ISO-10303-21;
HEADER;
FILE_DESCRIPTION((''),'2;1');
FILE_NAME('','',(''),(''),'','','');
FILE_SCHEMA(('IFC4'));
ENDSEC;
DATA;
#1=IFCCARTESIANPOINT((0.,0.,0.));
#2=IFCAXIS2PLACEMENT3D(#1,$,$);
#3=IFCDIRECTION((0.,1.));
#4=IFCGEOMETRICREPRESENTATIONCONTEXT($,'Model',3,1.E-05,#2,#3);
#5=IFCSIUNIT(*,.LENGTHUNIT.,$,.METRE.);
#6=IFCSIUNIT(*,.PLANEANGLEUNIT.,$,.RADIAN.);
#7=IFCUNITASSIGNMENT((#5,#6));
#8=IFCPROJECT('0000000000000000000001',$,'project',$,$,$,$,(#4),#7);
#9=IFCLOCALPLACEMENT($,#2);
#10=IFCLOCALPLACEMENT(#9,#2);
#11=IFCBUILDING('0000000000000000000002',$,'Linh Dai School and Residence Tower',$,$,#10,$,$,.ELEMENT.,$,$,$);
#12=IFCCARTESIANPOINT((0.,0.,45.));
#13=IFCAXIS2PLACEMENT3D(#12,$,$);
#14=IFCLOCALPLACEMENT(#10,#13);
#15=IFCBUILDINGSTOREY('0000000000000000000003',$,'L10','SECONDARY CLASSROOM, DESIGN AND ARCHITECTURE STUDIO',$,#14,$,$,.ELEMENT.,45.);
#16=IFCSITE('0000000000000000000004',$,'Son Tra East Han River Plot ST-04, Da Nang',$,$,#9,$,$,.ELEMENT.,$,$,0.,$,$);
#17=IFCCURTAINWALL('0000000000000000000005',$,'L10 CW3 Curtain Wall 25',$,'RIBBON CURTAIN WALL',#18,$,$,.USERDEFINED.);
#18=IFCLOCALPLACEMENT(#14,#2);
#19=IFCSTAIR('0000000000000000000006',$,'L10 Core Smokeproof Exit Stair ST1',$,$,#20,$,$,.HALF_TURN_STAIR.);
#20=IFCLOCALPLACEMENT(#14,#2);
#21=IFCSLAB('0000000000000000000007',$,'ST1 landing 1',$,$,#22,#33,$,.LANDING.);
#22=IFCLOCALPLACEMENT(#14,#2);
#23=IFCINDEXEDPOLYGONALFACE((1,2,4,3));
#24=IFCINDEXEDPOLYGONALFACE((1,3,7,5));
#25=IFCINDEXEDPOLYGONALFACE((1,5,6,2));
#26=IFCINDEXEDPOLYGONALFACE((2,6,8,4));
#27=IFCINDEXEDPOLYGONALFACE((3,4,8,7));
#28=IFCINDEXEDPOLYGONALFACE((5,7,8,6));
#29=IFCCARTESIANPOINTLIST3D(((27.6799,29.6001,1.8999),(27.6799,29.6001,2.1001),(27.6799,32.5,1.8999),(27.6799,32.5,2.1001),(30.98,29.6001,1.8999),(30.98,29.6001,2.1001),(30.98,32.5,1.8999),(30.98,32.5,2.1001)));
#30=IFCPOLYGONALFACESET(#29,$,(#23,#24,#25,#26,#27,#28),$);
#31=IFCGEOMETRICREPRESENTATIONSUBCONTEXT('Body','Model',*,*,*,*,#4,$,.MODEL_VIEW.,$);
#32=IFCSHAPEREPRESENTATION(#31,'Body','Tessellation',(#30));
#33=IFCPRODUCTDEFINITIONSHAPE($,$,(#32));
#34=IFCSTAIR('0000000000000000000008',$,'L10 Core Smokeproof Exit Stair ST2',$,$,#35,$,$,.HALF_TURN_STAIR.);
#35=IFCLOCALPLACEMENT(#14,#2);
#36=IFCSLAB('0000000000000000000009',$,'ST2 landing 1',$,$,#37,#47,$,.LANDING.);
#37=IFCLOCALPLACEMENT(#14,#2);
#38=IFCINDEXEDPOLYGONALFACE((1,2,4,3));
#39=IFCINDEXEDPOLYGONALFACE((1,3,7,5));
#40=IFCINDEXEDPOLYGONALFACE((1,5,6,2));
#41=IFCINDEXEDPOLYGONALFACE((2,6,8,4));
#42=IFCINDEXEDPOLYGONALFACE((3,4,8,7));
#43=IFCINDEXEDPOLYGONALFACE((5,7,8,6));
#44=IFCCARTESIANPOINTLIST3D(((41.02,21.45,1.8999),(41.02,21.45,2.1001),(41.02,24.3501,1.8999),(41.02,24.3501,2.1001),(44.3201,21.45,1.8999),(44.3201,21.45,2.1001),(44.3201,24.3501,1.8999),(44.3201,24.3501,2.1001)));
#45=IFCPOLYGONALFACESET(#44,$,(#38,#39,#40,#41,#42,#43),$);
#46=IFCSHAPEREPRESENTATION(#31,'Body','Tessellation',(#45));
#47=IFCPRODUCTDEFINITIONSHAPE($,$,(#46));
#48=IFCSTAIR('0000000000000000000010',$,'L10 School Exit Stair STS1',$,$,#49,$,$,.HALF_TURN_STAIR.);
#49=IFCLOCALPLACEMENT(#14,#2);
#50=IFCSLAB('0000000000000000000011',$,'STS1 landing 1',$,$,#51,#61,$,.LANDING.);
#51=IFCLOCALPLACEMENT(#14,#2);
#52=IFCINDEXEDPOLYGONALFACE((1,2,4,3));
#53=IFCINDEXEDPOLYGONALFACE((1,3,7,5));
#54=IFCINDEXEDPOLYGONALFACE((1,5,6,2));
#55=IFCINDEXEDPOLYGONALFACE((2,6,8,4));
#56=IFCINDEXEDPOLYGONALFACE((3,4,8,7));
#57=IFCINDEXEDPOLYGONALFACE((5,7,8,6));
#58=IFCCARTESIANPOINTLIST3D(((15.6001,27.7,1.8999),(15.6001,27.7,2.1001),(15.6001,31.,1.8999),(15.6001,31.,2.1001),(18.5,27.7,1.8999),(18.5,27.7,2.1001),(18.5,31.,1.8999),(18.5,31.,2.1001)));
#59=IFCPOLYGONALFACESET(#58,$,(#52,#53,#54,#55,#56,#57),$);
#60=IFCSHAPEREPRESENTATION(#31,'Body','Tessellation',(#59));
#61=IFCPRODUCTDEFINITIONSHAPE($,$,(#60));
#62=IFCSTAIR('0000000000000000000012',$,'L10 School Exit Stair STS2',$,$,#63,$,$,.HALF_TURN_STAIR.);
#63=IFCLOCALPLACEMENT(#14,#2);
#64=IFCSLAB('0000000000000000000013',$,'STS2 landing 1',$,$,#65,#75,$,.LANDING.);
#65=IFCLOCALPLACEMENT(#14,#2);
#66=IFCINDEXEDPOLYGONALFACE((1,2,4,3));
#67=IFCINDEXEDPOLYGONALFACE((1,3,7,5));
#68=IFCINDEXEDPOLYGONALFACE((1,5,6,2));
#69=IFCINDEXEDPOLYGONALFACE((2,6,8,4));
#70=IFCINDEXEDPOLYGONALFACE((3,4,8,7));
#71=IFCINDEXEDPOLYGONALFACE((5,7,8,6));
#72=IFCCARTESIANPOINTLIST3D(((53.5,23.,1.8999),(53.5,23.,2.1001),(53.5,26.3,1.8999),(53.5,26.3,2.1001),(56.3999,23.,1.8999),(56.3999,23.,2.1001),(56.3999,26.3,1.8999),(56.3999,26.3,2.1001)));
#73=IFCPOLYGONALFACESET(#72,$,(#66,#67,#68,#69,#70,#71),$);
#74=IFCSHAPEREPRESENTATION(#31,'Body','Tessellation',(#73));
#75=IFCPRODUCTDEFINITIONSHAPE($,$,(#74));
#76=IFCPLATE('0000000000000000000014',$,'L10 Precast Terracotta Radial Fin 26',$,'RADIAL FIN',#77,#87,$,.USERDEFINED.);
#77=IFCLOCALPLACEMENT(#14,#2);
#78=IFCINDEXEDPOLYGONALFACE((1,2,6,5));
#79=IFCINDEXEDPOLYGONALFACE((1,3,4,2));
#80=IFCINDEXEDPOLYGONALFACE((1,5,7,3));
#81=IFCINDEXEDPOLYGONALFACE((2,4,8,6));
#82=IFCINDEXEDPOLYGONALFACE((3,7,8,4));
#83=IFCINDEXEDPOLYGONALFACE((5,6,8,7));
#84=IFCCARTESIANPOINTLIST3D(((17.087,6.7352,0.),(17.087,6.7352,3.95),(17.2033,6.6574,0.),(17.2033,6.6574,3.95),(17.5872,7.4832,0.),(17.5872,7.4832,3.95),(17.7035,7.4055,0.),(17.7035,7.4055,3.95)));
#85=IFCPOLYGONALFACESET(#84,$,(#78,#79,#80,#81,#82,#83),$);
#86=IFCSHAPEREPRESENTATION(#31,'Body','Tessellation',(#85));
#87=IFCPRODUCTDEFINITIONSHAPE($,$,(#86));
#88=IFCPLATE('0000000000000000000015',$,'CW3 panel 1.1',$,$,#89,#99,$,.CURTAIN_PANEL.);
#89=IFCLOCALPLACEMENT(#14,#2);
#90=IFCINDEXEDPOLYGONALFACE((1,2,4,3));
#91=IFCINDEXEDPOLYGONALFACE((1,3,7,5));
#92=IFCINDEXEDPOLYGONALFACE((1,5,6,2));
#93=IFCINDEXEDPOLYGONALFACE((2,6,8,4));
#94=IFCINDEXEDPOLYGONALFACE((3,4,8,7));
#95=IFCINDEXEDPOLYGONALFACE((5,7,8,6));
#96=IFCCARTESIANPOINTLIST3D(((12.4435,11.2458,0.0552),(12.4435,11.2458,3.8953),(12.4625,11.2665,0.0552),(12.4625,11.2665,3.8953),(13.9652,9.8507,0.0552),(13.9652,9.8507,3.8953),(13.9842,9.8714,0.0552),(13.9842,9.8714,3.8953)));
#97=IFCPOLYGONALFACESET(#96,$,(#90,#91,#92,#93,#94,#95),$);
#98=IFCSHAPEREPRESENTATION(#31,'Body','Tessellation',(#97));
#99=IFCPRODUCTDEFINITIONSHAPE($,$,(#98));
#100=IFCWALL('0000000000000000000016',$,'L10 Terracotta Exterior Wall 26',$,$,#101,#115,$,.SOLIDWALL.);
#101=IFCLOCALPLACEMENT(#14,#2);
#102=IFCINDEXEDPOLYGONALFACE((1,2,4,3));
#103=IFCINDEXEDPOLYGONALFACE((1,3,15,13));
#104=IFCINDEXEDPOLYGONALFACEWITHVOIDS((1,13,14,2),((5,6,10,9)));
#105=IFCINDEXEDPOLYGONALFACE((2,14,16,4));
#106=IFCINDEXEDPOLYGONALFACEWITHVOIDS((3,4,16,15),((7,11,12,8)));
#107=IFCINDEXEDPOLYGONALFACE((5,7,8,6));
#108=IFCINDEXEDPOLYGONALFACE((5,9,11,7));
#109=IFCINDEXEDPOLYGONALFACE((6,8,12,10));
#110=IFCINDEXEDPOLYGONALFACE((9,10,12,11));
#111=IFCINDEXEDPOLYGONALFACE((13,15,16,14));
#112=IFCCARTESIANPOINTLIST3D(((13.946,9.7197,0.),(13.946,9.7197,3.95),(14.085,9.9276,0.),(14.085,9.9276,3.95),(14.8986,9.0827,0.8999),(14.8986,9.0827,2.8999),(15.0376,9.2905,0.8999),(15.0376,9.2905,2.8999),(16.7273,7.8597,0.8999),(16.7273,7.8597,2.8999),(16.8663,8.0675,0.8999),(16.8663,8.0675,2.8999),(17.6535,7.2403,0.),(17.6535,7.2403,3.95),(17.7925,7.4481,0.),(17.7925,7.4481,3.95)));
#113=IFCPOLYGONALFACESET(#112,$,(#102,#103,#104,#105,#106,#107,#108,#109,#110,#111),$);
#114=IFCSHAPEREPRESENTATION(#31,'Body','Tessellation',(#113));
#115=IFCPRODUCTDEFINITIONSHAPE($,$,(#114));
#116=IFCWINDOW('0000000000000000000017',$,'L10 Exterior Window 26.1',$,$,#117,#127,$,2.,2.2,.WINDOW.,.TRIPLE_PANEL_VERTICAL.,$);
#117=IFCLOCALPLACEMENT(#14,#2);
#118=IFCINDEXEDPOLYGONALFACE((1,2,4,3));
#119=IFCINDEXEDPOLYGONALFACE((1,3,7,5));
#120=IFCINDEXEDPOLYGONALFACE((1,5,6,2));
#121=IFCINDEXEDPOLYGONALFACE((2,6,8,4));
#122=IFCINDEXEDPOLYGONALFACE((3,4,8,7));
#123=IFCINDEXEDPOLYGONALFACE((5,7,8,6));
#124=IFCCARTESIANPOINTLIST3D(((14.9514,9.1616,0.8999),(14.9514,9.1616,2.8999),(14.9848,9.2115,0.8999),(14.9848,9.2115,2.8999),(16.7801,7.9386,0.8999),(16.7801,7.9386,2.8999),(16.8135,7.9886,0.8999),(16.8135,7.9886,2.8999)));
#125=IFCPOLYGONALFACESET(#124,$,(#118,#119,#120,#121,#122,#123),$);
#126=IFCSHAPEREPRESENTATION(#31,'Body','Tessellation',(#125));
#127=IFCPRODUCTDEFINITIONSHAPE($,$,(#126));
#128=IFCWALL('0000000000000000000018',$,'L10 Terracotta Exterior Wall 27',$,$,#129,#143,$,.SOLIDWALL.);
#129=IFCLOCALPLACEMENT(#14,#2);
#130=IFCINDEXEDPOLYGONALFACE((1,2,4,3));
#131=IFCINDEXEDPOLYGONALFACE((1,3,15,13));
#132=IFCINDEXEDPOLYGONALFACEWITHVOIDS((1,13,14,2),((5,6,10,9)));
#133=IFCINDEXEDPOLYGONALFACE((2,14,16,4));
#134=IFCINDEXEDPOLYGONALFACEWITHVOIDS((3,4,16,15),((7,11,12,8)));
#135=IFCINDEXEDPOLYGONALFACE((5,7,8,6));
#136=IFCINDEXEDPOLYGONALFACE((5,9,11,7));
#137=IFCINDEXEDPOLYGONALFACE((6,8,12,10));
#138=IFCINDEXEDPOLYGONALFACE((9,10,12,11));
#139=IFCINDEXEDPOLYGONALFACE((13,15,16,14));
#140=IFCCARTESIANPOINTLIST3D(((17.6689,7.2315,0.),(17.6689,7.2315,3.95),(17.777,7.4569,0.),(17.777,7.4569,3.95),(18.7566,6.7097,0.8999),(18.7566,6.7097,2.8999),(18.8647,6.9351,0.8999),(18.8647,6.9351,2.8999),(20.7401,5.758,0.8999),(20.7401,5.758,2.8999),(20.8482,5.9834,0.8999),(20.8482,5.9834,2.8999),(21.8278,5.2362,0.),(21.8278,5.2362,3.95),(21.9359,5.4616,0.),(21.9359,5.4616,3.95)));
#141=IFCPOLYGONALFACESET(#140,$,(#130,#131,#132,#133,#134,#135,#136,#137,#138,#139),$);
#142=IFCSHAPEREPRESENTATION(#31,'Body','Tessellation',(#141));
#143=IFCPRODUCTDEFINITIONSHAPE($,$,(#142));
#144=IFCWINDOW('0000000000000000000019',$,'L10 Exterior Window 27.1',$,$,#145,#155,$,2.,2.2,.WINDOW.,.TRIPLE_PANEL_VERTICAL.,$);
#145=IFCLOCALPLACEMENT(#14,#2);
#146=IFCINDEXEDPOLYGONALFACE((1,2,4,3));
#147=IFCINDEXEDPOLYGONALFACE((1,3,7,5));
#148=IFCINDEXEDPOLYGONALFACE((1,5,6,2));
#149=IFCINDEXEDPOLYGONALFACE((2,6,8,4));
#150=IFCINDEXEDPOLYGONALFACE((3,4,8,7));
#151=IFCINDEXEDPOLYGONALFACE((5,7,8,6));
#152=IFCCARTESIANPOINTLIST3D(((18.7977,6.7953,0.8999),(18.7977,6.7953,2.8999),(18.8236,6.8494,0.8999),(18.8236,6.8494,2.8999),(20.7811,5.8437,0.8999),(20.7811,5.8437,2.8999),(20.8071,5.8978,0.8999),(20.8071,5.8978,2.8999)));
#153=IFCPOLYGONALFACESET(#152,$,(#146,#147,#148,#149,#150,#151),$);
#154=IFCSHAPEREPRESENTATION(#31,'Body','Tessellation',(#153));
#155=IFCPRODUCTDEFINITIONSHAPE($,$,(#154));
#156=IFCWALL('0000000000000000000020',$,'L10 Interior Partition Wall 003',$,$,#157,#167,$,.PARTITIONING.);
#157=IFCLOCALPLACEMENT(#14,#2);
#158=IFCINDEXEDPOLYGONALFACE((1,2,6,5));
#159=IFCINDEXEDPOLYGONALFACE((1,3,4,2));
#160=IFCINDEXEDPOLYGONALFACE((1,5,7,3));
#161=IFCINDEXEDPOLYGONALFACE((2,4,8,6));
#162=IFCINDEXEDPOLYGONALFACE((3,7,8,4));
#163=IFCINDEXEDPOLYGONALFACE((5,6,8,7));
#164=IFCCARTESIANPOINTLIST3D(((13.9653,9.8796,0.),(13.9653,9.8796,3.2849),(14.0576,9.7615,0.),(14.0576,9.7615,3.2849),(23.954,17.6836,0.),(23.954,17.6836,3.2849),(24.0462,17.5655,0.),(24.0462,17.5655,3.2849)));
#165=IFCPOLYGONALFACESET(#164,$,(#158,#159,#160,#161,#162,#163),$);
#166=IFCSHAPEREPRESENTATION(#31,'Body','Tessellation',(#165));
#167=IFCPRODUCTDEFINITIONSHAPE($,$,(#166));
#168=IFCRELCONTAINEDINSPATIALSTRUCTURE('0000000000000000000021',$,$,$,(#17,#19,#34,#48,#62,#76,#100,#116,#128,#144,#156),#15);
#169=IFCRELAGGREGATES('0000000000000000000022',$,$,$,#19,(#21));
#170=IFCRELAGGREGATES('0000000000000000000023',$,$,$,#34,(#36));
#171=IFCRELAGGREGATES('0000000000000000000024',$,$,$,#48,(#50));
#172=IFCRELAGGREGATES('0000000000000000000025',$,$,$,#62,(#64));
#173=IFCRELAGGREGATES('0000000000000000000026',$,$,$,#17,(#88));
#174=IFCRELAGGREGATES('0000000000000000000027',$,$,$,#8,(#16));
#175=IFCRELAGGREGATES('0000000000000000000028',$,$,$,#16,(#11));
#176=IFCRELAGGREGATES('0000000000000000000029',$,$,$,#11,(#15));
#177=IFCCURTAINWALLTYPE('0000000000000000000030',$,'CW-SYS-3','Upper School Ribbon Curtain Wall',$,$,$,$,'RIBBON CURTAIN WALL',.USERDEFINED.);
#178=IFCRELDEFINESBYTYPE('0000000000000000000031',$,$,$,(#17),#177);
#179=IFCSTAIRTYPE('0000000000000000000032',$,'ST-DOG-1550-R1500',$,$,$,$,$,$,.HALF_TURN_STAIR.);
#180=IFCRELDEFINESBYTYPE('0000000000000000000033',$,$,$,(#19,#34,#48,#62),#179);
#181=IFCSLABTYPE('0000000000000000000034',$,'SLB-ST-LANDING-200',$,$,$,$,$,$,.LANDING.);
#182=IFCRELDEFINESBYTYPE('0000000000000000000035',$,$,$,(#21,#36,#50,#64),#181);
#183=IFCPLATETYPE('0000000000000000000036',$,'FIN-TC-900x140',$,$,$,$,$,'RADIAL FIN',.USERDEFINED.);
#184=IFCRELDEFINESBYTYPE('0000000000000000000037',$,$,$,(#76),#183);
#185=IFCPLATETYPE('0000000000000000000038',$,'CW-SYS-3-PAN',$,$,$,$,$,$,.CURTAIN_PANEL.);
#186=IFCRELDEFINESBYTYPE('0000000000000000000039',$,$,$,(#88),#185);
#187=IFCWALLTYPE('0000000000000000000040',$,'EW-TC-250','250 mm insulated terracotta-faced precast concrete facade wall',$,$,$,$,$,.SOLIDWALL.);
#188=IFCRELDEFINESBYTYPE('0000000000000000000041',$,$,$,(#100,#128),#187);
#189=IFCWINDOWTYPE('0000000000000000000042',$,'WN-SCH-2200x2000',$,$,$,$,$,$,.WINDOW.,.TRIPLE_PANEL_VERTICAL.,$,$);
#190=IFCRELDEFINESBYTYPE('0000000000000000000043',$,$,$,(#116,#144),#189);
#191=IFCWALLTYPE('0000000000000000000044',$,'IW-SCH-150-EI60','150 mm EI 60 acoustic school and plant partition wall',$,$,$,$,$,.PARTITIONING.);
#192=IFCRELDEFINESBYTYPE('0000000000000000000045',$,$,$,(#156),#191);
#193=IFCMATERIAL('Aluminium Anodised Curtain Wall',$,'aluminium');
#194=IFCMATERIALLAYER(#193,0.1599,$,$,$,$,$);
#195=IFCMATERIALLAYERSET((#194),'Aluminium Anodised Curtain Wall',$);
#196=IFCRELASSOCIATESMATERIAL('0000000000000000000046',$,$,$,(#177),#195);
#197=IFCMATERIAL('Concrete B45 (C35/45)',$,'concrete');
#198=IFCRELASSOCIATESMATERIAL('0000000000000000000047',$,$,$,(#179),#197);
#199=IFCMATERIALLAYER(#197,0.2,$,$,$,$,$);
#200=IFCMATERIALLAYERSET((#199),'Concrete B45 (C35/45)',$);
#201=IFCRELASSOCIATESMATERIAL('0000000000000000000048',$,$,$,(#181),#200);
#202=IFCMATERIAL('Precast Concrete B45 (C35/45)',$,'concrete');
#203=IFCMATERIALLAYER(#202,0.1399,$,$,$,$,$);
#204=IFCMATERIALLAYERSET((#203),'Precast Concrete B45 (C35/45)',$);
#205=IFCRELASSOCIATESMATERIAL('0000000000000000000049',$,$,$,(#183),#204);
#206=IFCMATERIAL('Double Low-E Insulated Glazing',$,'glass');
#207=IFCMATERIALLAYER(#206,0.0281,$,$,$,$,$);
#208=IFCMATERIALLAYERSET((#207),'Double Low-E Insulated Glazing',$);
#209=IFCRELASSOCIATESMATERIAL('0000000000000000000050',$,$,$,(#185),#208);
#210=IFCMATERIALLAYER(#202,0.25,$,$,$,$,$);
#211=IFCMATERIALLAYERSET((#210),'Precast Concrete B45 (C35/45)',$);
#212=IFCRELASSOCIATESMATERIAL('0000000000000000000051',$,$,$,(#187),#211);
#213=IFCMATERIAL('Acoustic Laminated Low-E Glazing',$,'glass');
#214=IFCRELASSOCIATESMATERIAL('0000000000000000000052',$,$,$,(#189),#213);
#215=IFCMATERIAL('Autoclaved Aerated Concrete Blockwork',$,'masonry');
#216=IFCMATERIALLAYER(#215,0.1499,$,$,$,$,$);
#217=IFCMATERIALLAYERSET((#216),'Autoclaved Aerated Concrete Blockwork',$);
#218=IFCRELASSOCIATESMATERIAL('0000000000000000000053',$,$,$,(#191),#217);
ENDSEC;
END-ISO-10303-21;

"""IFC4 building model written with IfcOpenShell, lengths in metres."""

from ifc_helpers import new_model, si_unit, direction, frame, frame_2d, origin, origin_2d, place, context, subcontext, project, spatial, polyline, rectangle, outline, extrude, source, transform, mapped, material, layer, layer_set, type_object, element, fill, aggregate, save


model = new_model("IFC4")

# Units and contexts
model_context = context("Model", 3, precision=1e-05, world=origin(), true_north=direction((0.0, 1.0)))
body_context = subcontext(model_context, "Body", "Model", "MODEL_VIEW")
ifc_project = project(units=[si_unit("LENGTHUNIT", "METRE"), si_unit("PLANEANGLEUNIT", "RADIAN")], contexts=[model_context])

# Site, building, storey
site_placement = place(None, origin())
site = spatial("IfcSite", under=ifc_project, at=site_placement, Name="Son Tra East Han River Plot ST-04, Da Nang", CompositionType="ELEMENT", RefElevation=0.0)
building_placement = place(site_placement, origin())
building = spatial("IfcBuilding", under=site, at=building_placement, Name="Linh Dai School and Residence Tower", CompositionType="ELEMENT")
storey_placement = place(building_placement, frame((0.0, 0.0, 45.0)))
storey = spatial("IfcBuildingStorey", under=building, at=storey_placement, Name="L10", Description="SECONDARY CLASSROOM, DESIGN AND ARCHITECTURE STUDIO", CompositionType="ELEMENT", Elevation=45.0)

# Curtain wall
ifc_material_1 = material(Name="Aluminium Anodised Curtain Wall", Category="aluminium")
ifc_layer_1 = layer(ifc_material_1, 0.1599)
ifc_layer_set_1 = layer_set([ifc_layer_1], Name="Aluminium Anodised Curtain Wall")
curtain_wall_type = type_object("IfcCurtainWallType", Name="CW-SYS-3", Description="Upper School Ribbon Curtain Wall", ElementType="RIBBON CURTAIN WALL", PredefinedType="USERDEFINED", material=ifc_layer_set_1)
curtain_wall_placement = place(storey_placement, origin())
curtain_wall = element("IfcCurtainWall", 1, at=curtain_wall_placement, inside=storey, type_object=curtain_wall_type, Name="L10 CW3 Curtain Wall 25", ObjectType="RIBBON CURTAIN WALL", PredefinedType="USERDEFINED")

# Shared definitions
ifc_material_2 = material(Name="Concrete B45 (C35/45)", Category="concrete")

# Stairs, slabs
stair_type = type_object("IfcStairType", Name="ST-DOG-1550-R1500", PredefinedType="HALF_TURN_STAIR", material=ifc_material_2)
stair_1_placement = place(storey_placement, origin())
stair_1 = element("IfcStair", 2, at=stair_1_placement, inside=storey, type_object=stair_type, Name="L10 Core Smokeproof Exit Stair ST1", PredefinedType="HALF_TURN_STAIR")
ifc_layer_2 = layer(ifc_material_2, 0.2)
ifc_layer_set_2 = layer_set([ifc_layer_2], Name="Concrete B45 (C35/45)")
slab_type_1 = type_object("IfcSlabType", Name="SLB-ST-LANDING-200", PredefinedType="LANDING", material=ifc_layer_set_2)
slab_1_placement = place(storey_placement, frame((0.0, 0.0, 1.8999)))
slab_1 = element("IfcSlab", 3, at=slab_1_placement, type_object=slab_type_1, Name="ST1 landing 1", PredefinedType="LANDING", context=body_context, shape_type="SweptSolid", body=[
    extrude(outline(polyline([(30.98, 29.6001), (30.98, 32.5), (27.6799, 32.5), (27.6799, 29.6001), (30.98, 29.6001)])), origin(), (0.0, 0.0, 1.0), 0.2002),
])
aggregate(stair_1, [slab_1])
stair_2_placement = place(storey_placement, origin())
stair_2 = element("IfcStair", 4, at=stair_2_placement, inside=storey, type_object=stair_type, Name="L10 Core Smokeproof Exit Stair ST2", PredefinedType="HALF_TURN_STAIR")
slab_2_placement = place(storey_placement, frame((0.0, 0.0, 1.8999)))
slab_2 = element("IfcSlab", 5, at=slab_2_placement, type_object=slab_type_1, Name="ST2 landing 1", PredefinedType="LANDING", context=body_context, shape_type="SweptSolid", body=[
    extrude(outline(polyline([(41.02, 24.3501), (41.02, 21.45), (44.3201, 21.45), (44.3201, 24.3501), (41.02, 24.3501)])), origin(), (0.0, 0.0, 1.0), 0.2002),
])
aggregate(stair_2, [slab_2])
stair_3_placement = place(storey_placement, origin())
stair_3 = element("IfcStair", 6, at=stair_3_placement, inside=storey, type_object=stair_type, Name="L10 School Exit Stair STS1", PredefinedType="HALF_TURN_STAIR")
slab_3_placement = place(storey_placement, frame((0.0, 0.0, 1.8999)))
slab_3 = element("IfcSlab", 7, at=slab_3_placement, type_object=slab_type_1, Name="STS1 landing 1", PredefinedType="LANDING", context=body_context, shape_type="SweptSolid", body=[
    extrude(outline(polyline([(18.5, 31.0), (15.6001, 31.0), (15.6001, 27.7), (18.5, 27.7), (18.5, 31.0)])), origin(), (0.0, 0.0, 1.0), 0.2002),
])
aggregate(stair_3, [slab_3])
stair_4_placement = place(storey_placement, origin())
stair_4 = element("IfcStair", 8, at=stair_4_placement, inside=storey, type_object=stair_type, Name="L10 School Exit Stair STS2", PredefinedType="HALF_TURN_STAIR")
slab_4_placement = place(storey_placement, frame((0.0, 0.0, 1.8999)))
slab_4 = element("IfcSlab", 9, at=slab_4_placement, type_object=slab_type_1, Name="STS2 landing 1", PredefinedType="LANDING", context=body_context, shape_type="SweptSolid", body=[
    extrude(outline(polyline([(53.5, 23.0), (56.3999, 23.0), (56.3999, 26.3), (53.5, 26.3), (53.5, 23.0)])), origin(), (0.0, 0.0, 1.0), 0.2002),
])
aggregate(stair_4, [slab_4])

# Plates
ifc_material_3 = material(Name="Precast Concrete B45 (C35/45)", Category="concrete")
ifc_layer_3 = layer(ifc_material_3, 0.1399)
ifc_layer_set_3 = layer_set([ifc_layer_3], Name="Precast Concrete B45 (C35/45)")
plate_type_1 = type_object("IfcPlateType", Name="FIN-TC-900x140", ElementType="RADIAL FIN", PredefinedType="USERDEFINED", material=ifc_layer_set_3)
shared_shape_1 = source(origin(), body_context, "Body", "SweptSolid", [
    extrude(rectangle(XDim=0.8999, YDim=0.1399, at=origin_2d()), origin(), (0.0, 0.0, 1.0), 3.95),
])
plate_1_placement = place(storey_placement, frame((17.3953, 7.0703, 0.0), z_axis=(0.0, 0.0, 1.0), x_axis=(-0.555898, -0.831251, 0.0)))
element("IfcPlate", 10, at=plate_1_placement, inside=storey, type_object=plate_type_1, Name="L10 Precast Terracotta Radial Fin 26", ObjectType="RADIAL FIN", PredefinedType="USERDEFINED", context=body_context, shape_type="MappedRepresentation", body=[
    mapped(shared_shape_1, transform((0.0, 0.0, 0.0), x_axis=(1.0, 0.0, 0.0), y_axis=(0.0, 1.0, 0.0), z_axis=(0.0, 0.0, 1.0), scale=1.0)),
])
ifc_material_4 = material(Name="Double Low-E Insulated Glazing", Category="glass")
ifc_layer_4 = layer(ifc_material_4, 0.0281)
ifc_layer_set_4 = layer_set([ifc_layer_4], Name="Double Low-E Insulated Glazing")
plate_type_2 = type_object("IfcPlateType", Name="CW-SYS-3-PAN", PredefinedType="CURTAIN_PANEL", material=ifc_layer_set_4)
shared_shape_2 = source(origin(), body_context, "Body", "SweptSolid", [
    extrude(rectangle(XDim=2.0645, YDim=0.0281, at=origin_2d()), origin(), (0.0, 0.0, 1.0), 3.8401),
])
plate_2_placement = place(storey_placement, frame((13.2139, 10.5586, 0.0552), z_axis=(0.0, 0.0, 1.0), x_axis=(-0.737113, 0.675769, 0.0)))
plate_2 = element("IfcPlate", 11, at=plate_2_placement, type_object=plate_type_2, Name="CW3 panel 1.1", PredefinedType="CURTAIN_PANEL", context=body_context, shape_type="MappedRepresentation", body=[
    mapped(shared_shape_2, transform((0.0, 0.0, 0.0), x_axis=(1.0, 0.0, 0.0), y_axis=(0.0, 1.0, 0.0), z_axis=(0.0, 0.0, 1.0), scale=1.0)),
])
aggregate(curtain_wall, [plate_2])

# Walls, openings, windows
ifc_layer_5 = layer(ifc_material_3, 0.25)
ifc_layer_set_5 = layer_set([ifc_layer_5], Name="Precast Concrete B45 (C35/45)")
wall_type_1 = type_object("IfcWallType", Name="EW-TC-250", Description="250 mm insulated terracotta-faced precast concrete facade wall", PredefinedType="SOLIDWALL", material=ifc_layer_set_5)
wall_1_placement = place(storey_placement, frame((17.7229, 7.3442, 0.0), z_axis=(0.0, 0.0, 1.0), x_axis=(-0.831241, 0.555912, 0.0)))
wall_1 = element("IfcWall", 12, at=wall_1_placement, inside=storey, type_object=wall_type_1, Name="L10 Terracotta Exterior Wall 26", PredefinedType="SOLIDWALL", context=body_context, shape_type="SweptSolid", body=[
    extrude(rectangle(XDim=4.4602, YDim=0.25, at=frame_2d((2.23, 0.0))), origin(), (0.0, 0.0, 1.0), 3.95),
])
opening_1_placement = place(wall_1_placement, frame((1.114, 0.0, 0.8999)))
opening_1 = element("IfcOpeningElement", 13, at=opening_1_placement, cuts=wall_1, PredefinedType="OPENING", context=body_context, shape_type="SweptSolid", body=[
    extrude(rectangle(XDim=2.2, YDim=2.0, at=origin_2d()), frame((1.1001, 0.135, 1.0), z_axis=(0.0, -1.0, 0.0), x_axis=(1.0, 0.0, 0.0)), (0.0, 0.0, 1.0), 0.27),
])
ifc_material_5 = material(Name="Acoustic Laminated Low-E Glazing", Category="glass")
window_type = type_object("IfcWindowType", Name="WN-SCH-2200x2000", PartitioningType="TRIPLE_PANEL_VERTICAL", PredefinedType="WINDOW", material=ifc_material_5)
shared_shape_3 = source(origin(), body_context, "Body", "SweptSolid", [
    extrude(rectangle(XDim=2.2, YDim=2.0, at=origin_2d()), frame((1.1001, 0.03, 1.0), z_axis=(0.0, -1.0, 0.0), x_axis=(1.0, 0.0, 0.0)), (0.0, 0.0, 1.0), 0.0601),
])
window_1_placement = place(opening_1_placement, origin())
window_1 = element("IfcWindow", 14, at=window_1_placement, inside=storey, type_object=window_type, Name="L10 Exterior Window 26.1", OverallHeight=2.0, OverallWidth=2.2, PartitioningType="TRIPLE_PANEL_VERTICAL", PredefinedType="WINDOW", context=body_context, shape_type="MappedRepresentation", body=[
    mapped(shared_shape_3, transform((0.0, 0.0, 0.0), x_axis=(1.0, 0.0, 0.0), y_axis=(0.0, 1.0, 0.0), z_axis=(0.0, 0.0, 1.0), scale=1.0)),
])
fill(opening_1, window_1)
wall_2_placement = place(storey_placement, frame((21.8818, 5.3489, 0.0), z_axis=(0.0, 0.0, 1.0), x_axis=(-0.901602, 0.432568, 0.0)))
wall_2 = element("IfcWall", 15, at=wall_2_placement, inside=storey, type_object=wall_type_1, Name="L10 Terracotta Exterior Wall 27", PredefinedType="SOLIDWALL", context=body_context, shape_type="SweptSolid", body=[
    extrude(rectangle(XDim=4.6128, YDim=0.25, at=frame_2d((2.3064, 0.0))), origin(), (0.0, 0.0, 1.0), 3.95),
])
opening_2_placement = place(wall_2_placement, frame((1.2063, 0.0, 0.8999)))
opening_2 = element("IfcOpeningElement", 16, at=opening_2_placement, cuts=wall_2, PredefinedType="OPENING", context=body_context, shape_type="SweptSolid", body=[
    extrude(rectangle(XDim=2.2, YDim=2.0, at=origin_2d()), frame((1.1001, 0.135, 1.0), z_axis=(0.0, -1.0, 0.0), x_axis=(1.0, 0.0, 0.0)), (0.0, 0.0, 1.0), 0.27),
])
window_2_placement = place(opening_2_placement, origin())
window_2 = element("IfcWindow", 17, at=window_2_placement, inside=storey, type_object=window_type, Name="L10 Exterior Window 27.1", OverallHeight=2.0, OverallWidth=2.2, PartitioningType="TRIPLE_PANEL_VERTICAL", PredefinedType="WINDOW", context=body_context, shape_type="MappedRepresentation", body=[
    mapped(shared_shape_3, transform((0.0, 0.0, 0.0), x_axis=(1.0, 0.0, 0.0), y_axis=(0.0, 1.0, 0.0), z_axis=(0.0, 0.0, 1.0), scale=1.0)),
])
fill(opening_2, window_2)

# Wall
ifc_material_6 = material(Name="Autoclaved Aerated Concrete Blockwork", Category="masonry")
ifc_layer_6 = layer(ifc_material_6, 0.1499)
ifc_layer_set_6 = layer_set([ifc_layer_6], Name="Autoclaved Aerated Concrete Blockwork")
wall_type_2 = type_object("IfcWallType", Name="IW-SCH-150-EI60", Description="150 mm EI 60 acoustic school and plant partition wall", PredefinedType="PARTITIONING", material=ifc_layer_set_6)
wall_3_placement = place(storey_placement, frame((14.0115, 9.8206, 0.0), z_axis=(0.0, 0.0, 1.0), x_axis=(0.788008, 0.615665, 0.0)))
element("IfcWall", 18, at=wall_3_placement, inside=storey, type_object=wall_type_2, Name="L10 Interior Partition Wall 003", PredefinedType="PARTITIONING", context=body_context, shape_type="SweptSolid", body=[
    extrude(rectangle(XDim=12.6758, YDim=0.1499, at=frame_2d((6.3379, 0.0))), origin(), (0.0, 0.0, 1.0), 3.2849),
])

save(model, "model.ifc")
